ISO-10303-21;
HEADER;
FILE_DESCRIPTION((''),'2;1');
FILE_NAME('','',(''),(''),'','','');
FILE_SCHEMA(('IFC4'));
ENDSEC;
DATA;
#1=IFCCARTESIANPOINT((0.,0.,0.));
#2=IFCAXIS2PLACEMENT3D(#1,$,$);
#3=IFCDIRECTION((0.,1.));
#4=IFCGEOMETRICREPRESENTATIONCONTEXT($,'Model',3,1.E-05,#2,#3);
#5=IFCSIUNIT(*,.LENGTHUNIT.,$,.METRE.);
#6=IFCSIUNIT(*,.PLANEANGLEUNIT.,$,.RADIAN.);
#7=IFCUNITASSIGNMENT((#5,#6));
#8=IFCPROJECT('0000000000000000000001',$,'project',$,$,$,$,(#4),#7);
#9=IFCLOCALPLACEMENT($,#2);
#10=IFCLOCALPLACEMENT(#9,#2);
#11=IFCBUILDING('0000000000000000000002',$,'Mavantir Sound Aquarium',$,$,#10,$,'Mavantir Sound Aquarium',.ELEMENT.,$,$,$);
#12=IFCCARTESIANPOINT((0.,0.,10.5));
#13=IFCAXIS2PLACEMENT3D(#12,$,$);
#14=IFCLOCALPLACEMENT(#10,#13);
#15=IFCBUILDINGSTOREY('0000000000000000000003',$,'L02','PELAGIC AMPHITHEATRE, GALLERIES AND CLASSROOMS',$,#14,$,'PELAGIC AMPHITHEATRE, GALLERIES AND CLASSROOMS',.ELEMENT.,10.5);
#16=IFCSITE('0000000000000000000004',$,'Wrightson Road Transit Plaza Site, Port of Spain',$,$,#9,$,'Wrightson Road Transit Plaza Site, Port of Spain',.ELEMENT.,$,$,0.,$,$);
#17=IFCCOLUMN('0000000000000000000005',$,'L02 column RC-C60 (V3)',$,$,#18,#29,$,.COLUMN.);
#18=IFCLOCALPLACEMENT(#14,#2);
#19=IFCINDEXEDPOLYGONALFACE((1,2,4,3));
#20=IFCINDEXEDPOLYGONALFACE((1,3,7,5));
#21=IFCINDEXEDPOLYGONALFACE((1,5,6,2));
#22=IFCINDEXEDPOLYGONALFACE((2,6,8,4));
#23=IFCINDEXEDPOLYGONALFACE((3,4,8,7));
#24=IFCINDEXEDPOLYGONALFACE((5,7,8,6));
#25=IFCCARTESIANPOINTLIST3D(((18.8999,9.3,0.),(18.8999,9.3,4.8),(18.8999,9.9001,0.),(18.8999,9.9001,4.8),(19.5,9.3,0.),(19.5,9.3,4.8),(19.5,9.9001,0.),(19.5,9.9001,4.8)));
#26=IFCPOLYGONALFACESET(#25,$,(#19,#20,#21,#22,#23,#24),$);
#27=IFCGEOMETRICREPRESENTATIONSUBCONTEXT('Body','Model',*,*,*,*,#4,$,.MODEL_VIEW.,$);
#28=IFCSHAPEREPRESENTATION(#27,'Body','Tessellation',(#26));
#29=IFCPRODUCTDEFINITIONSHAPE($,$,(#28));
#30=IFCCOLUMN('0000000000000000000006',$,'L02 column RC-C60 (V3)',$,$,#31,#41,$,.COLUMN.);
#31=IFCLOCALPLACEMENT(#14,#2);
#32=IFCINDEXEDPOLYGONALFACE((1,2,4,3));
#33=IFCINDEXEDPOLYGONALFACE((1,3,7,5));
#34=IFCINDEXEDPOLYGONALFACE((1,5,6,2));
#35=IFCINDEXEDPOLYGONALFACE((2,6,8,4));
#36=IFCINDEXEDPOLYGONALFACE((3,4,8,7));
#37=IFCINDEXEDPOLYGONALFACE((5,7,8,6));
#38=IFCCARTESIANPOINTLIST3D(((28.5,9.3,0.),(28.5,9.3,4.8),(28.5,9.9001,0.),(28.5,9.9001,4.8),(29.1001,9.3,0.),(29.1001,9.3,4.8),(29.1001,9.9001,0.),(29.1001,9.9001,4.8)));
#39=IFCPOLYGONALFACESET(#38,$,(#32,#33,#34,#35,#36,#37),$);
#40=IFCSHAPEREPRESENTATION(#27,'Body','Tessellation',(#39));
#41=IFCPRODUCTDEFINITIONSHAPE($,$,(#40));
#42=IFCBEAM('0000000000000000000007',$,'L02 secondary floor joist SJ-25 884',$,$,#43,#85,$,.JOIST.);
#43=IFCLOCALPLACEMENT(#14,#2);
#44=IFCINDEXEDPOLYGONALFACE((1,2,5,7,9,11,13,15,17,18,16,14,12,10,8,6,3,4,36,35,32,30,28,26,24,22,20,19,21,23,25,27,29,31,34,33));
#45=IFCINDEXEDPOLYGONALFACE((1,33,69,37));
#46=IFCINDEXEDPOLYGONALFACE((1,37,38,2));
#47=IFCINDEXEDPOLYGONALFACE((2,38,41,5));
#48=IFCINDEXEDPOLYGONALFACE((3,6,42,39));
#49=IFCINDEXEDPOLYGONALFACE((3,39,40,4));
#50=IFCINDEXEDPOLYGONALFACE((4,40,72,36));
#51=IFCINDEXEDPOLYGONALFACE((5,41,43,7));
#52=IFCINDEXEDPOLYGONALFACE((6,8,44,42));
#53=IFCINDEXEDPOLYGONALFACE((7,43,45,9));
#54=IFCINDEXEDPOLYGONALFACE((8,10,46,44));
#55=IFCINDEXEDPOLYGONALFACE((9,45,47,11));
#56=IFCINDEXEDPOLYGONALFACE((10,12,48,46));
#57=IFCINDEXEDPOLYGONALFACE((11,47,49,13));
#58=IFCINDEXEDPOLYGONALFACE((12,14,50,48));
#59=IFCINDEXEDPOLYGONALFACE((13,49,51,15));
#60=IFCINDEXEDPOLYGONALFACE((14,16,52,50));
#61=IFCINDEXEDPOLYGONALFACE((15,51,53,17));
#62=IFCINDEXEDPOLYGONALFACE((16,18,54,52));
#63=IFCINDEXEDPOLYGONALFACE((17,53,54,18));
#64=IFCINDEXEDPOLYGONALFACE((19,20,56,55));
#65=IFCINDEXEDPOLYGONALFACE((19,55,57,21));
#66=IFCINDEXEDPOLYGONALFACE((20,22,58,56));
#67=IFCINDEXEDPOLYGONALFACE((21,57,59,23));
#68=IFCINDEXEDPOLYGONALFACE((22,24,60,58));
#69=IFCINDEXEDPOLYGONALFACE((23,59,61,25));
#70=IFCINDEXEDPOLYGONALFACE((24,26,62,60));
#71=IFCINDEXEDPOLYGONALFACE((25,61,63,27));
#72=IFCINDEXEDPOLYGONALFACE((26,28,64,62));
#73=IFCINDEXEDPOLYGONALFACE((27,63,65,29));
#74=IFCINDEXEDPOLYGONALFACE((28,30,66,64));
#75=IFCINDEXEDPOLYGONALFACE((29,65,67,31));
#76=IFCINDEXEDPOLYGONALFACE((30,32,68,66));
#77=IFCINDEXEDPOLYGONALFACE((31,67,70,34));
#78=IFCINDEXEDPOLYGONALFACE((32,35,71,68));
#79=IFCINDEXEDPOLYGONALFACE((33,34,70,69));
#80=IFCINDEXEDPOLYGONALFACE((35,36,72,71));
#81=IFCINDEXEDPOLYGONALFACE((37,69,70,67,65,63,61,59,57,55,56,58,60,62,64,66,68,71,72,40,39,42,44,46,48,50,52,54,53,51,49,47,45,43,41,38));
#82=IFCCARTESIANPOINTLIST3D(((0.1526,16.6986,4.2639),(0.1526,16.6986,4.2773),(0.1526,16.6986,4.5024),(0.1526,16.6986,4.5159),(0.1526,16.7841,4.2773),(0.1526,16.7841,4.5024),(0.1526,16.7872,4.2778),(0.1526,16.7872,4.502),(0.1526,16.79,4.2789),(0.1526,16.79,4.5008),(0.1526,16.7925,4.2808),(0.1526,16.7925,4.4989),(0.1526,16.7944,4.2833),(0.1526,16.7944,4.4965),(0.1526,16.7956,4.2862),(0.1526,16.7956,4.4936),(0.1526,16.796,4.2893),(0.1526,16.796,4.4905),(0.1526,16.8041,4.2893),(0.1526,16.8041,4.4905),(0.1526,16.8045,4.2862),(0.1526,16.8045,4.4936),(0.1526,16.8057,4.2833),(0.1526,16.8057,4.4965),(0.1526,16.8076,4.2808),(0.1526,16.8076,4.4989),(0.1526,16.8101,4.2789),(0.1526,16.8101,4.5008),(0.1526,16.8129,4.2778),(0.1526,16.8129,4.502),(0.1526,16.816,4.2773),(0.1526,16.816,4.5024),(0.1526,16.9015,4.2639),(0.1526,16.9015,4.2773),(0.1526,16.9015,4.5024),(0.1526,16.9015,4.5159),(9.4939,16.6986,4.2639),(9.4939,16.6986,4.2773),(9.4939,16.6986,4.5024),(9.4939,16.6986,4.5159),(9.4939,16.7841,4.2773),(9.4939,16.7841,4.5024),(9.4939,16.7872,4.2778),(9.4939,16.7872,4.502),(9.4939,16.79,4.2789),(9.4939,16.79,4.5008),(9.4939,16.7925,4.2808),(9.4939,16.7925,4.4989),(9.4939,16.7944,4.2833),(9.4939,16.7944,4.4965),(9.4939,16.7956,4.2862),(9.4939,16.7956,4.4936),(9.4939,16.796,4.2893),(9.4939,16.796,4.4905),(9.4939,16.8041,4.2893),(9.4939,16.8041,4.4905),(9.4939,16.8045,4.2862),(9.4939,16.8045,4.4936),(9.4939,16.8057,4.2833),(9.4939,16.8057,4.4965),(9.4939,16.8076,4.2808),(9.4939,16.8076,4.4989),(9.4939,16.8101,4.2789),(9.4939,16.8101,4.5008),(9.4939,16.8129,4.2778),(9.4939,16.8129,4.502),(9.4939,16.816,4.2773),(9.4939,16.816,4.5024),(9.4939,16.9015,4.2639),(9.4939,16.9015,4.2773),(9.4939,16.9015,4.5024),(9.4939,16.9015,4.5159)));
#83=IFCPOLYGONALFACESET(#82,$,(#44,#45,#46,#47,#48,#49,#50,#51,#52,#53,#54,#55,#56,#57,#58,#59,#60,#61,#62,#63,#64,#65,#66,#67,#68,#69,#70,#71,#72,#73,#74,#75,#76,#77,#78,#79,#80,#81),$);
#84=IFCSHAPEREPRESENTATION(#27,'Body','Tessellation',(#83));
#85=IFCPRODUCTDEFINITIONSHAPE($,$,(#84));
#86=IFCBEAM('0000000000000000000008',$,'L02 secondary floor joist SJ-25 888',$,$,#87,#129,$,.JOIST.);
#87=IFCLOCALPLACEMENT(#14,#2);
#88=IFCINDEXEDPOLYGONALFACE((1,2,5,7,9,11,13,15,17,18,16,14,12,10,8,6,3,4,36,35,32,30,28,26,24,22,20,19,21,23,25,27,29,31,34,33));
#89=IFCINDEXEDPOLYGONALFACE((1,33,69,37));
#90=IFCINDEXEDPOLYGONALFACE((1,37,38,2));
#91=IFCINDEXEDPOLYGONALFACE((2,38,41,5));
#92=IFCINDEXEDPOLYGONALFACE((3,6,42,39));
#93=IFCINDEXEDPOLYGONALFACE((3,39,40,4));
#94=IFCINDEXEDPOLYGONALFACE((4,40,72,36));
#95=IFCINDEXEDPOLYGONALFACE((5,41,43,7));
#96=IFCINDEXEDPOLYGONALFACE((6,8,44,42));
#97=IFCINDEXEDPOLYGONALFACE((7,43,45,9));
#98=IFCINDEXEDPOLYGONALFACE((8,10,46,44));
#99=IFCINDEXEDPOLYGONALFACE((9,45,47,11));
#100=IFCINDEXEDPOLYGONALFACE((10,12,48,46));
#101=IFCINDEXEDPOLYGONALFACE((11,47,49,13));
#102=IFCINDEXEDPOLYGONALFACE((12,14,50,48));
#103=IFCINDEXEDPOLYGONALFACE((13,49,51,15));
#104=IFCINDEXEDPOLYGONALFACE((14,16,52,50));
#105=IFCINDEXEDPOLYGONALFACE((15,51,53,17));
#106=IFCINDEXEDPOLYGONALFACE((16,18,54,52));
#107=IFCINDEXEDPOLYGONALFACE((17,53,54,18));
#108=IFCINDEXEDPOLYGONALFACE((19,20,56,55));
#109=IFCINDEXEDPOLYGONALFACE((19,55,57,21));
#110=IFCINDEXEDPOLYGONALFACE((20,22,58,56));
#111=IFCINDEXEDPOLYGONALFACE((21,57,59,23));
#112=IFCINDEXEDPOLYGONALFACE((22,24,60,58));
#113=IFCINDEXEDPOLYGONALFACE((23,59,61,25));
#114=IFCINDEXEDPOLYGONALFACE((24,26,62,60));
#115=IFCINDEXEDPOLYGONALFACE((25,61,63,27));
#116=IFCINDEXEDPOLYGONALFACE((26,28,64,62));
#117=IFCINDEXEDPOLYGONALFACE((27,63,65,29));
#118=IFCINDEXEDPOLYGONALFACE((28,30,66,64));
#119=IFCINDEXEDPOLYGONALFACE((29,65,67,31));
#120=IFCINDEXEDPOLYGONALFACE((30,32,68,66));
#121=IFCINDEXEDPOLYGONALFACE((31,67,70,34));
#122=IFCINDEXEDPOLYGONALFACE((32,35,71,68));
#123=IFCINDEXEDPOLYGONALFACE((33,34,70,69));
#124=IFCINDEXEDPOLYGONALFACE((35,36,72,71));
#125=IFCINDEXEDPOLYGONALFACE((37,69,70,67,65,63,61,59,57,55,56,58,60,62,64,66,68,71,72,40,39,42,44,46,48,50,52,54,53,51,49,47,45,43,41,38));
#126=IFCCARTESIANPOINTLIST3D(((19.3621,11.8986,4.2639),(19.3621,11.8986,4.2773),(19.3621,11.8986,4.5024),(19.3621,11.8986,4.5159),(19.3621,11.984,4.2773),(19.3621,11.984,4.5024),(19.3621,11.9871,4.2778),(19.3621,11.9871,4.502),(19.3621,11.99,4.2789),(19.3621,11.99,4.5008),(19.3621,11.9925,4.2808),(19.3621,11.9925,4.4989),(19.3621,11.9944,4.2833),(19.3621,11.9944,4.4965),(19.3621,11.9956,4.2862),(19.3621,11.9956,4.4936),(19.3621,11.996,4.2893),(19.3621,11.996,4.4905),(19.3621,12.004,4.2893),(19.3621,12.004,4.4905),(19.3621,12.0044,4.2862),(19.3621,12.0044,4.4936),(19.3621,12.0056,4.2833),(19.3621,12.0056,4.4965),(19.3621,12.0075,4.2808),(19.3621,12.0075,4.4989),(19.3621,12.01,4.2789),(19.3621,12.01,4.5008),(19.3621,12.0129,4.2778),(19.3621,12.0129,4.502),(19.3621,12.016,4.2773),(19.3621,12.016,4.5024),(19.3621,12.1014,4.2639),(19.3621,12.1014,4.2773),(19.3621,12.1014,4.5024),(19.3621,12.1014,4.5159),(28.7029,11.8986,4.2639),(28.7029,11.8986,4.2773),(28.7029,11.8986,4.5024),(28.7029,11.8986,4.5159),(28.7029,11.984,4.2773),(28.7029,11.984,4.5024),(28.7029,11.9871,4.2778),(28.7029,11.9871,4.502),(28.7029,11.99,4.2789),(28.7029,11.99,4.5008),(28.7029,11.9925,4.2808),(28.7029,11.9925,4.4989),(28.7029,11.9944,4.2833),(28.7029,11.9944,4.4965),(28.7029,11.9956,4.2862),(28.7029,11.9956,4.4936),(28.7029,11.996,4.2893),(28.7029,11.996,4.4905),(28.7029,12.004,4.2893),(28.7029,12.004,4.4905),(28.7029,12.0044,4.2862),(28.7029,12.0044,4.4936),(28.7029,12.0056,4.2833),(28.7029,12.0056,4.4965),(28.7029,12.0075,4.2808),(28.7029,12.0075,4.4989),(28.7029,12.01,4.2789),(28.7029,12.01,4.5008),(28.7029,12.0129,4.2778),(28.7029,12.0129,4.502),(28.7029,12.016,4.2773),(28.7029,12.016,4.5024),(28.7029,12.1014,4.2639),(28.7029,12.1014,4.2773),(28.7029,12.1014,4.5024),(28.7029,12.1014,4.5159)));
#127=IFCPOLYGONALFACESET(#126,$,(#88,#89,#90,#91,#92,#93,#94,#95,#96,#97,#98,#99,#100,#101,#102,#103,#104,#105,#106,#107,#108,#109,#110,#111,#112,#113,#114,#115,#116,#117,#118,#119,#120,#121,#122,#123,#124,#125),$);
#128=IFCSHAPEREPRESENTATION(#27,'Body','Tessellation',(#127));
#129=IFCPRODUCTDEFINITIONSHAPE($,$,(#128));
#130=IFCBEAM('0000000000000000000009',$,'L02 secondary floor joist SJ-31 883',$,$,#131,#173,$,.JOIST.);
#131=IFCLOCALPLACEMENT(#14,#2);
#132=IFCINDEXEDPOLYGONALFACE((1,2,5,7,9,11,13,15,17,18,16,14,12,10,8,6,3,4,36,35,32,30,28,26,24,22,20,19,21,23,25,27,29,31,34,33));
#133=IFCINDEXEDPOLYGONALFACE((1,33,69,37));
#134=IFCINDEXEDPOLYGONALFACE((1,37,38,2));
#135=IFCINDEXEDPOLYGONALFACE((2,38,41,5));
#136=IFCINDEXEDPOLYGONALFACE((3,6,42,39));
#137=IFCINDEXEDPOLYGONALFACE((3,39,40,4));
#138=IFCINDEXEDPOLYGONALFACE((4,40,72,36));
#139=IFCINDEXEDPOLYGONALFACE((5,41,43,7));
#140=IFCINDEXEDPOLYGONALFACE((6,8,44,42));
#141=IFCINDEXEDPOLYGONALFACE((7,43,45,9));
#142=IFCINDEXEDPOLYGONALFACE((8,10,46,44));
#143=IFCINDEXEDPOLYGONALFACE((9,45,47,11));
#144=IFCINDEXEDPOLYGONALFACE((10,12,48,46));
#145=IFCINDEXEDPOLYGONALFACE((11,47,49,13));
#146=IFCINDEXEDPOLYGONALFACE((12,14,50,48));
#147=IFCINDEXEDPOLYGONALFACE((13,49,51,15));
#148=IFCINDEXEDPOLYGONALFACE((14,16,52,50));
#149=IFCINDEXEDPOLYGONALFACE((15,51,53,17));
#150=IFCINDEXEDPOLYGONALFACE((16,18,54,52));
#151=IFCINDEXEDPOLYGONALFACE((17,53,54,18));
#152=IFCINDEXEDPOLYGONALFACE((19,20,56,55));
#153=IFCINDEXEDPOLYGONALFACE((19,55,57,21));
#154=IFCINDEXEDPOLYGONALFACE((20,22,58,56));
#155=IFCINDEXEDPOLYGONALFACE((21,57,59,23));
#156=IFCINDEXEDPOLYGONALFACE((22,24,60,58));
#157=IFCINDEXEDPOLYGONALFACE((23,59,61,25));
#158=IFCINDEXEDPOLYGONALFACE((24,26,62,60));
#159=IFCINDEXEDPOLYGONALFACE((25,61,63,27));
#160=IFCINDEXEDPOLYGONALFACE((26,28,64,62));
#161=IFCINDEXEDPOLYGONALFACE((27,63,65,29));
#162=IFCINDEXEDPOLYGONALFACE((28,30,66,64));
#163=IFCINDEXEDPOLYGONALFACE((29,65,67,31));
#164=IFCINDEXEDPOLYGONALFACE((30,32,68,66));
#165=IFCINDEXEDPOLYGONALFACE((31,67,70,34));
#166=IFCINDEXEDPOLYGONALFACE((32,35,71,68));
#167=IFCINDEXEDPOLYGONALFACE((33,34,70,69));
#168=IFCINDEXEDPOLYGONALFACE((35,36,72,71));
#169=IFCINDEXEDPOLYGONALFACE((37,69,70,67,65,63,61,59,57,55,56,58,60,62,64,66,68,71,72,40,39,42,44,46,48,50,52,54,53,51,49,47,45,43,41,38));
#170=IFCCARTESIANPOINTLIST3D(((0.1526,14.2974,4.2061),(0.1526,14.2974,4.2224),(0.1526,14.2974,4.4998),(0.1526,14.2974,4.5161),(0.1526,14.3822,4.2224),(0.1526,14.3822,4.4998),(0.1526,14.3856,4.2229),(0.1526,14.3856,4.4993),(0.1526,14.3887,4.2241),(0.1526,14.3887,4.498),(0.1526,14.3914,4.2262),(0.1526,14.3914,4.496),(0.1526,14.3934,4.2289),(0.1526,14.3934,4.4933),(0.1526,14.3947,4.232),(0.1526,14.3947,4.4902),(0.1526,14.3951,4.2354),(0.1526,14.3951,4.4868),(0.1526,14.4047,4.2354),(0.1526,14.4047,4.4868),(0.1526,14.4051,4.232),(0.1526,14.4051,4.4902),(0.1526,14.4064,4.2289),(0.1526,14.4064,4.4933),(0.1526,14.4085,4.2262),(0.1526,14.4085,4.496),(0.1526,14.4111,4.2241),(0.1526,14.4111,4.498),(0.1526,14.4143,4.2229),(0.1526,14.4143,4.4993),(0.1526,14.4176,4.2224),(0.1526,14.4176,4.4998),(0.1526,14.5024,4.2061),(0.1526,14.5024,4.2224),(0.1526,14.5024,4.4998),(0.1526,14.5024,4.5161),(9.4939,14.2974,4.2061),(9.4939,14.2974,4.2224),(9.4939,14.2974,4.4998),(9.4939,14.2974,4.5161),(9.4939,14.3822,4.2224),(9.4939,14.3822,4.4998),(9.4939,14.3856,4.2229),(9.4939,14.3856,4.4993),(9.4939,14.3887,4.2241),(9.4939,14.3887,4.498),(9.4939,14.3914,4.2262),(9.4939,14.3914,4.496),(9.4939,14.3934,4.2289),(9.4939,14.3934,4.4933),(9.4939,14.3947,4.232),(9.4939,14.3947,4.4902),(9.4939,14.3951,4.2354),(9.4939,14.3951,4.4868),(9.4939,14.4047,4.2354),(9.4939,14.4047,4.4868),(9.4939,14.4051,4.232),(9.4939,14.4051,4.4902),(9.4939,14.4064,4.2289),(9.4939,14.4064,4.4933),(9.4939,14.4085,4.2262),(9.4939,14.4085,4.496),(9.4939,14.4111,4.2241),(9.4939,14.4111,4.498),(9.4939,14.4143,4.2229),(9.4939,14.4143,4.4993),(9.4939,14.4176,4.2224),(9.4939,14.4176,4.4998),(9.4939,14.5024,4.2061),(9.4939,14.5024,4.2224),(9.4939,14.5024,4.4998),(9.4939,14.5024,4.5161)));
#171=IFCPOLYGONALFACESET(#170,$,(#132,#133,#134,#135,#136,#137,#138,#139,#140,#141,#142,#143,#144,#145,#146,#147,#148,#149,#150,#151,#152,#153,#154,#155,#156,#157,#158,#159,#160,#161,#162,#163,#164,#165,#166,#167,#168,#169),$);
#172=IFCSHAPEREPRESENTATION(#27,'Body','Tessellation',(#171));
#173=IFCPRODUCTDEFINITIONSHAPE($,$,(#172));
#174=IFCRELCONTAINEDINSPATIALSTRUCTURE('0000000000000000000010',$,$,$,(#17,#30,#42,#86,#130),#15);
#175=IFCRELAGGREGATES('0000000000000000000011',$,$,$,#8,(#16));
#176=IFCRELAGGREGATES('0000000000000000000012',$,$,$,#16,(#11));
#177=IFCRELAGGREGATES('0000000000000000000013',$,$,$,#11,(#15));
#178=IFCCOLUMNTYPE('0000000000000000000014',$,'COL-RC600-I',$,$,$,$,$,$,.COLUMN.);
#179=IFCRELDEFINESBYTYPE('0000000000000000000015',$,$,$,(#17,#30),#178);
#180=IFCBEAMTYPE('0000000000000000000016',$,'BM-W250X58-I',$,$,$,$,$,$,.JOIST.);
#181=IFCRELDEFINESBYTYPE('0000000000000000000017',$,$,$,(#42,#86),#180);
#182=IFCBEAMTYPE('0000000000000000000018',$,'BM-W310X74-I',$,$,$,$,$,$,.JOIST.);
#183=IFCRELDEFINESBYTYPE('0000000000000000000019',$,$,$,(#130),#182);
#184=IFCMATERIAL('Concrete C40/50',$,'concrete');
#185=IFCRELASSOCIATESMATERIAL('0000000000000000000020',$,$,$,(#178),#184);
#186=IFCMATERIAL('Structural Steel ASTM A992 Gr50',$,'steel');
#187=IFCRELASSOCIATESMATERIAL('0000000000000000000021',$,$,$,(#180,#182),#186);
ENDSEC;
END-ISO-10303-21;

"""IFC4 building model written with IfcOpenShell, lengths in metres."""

from ifc_helpers import new_model, si_unit, direction, frame, origin, origin_2d, place, context, subcontext, project, spatial, rectangle, i_section, extrude, material, material_profile, profile_set, type_object, element, save


model = new_model("IFC4")

# Units and contexts
model_context = context("Model", 3, precision=1e-05, world=origin(), true_north=direction((0.0, 1.0)))
body_context = subcontext(model_context, "Body", "Model", "MODEL_VIEW")
ifc_project = project(units=[si_unit("LENGTHUNIT", "METRE"), si_unit("PLANEANGLEUNIT", "RADIAN")], contexts=[model_context])

# Site, building, storey
site_placement = place(None, origin())
site = spatial("IfcSite", under=ifc_project, at=site_placement, Name="Wrightson Road Transit Plaza Site, Port of Spain", LongName="Wrightson Road Transit Plaza Site, Port of Spain", CompositionType="ELEMENT", RefElevation=0.0)
building_placement = place(site_placement, origin())
building = spatial("IfcBuilding", under=site, at=building_placement, Name="Mavantir Sound Aquarium", LongName="Mavantir Sound Aquarium", CompositionType="ELEMENT")
storey_placement = place(building_placement, frame((0.0, 0.0, 10.5)))
storey = spatial("IfcBuildingStorey", under=building, at=storey_placement, Name="L02", Description="PELAGIC AMPHITHEATRE, GALLERIES AND CLASSROOMS", LongName="PELAGIC AMPHITHEATRE, GALLERIES AND CLASSROOMS", CompositionType="ELEMENT", Elevation=10.5)

# Columns
ifc_material_1 = material(Name="Concrete C40/50", Category="concrete")
ifc_material_profile_1 = material_profile(ifc_material_1, rectangle(XDim=0.6001, YDim=0.6001, at=origin_2d()), Name="RC 600X600")
ifc_profile_set_1 = profile_set([ifc_material_profile_1], Name="Concrete C40/50")
column_type = type_object("IfcColumnType", Name="COL-RC600-I", PredefinedType="COLUMN", material=ifc_profile_set_1)
for number, where, z_axis, x_axis, name in (
    (1, (19.2, 9.6001, 0.0), (0.0, 0.0, 1.0), (1.0, 0.0, 0.0), "L02 column RC-C60 (V3)"),
    (2, (28.8, 9.6001, 0.0), (0.0, 0.0, 1.0), (1.0, 0.0, 0.0), "L02 column RC-C60 (V3)"),
):
    element("IfcColumn", number, at=place(storey_placement, frame(where, z_axis=z_axis, x_axis=x_axis)), inside=storey, type_object=column_type, Name=name, PredefinedType="COLUMN", context=body_context, shape_type="SweptSolid", body=[
        extrude(rectangle(XDim=0.6001, YDim=0.6001, at=origin_2d()), origin(), (0.0, 0.0, 1.0), 4.8),
    ])

# Beams
ifc_material_2 = material(Name="Structural Steel ASTM A992 Gr50", Category="steel")
ifc_material_profile_2 = material_profile(ifc_material_2, i_section(OverallWidth=0.2029, OverallDepth=0.252, WebThickness=0.0081, FlangeThickness=0.0134, FilletRadius=0.012, at=origin_2d()), Name="W250X58")
ifc_profile_set_2 = profile_set([ifc_material_profile_2], Name="Structural Steel ASTM A992 Gr50")
beam_type_1 = type_object("IfcBeamType", Name="BM-W250X58-I", PredefinedType="JOIST", material=ifc_profile_set_2)
beam_1_placement = place(storey_placement, frame((0.1526, 16.8, 4.3899), z_axis=(1.0, 0.0, 0.0), x_axis=(0.0, 1.0, 0.0)))
element("IfcBeam", 3, at=beam_1_placement, inside=storey, type_object=beam_type_1, Name="L02 secondary floor joist SJ-25 884", PredefinedType="JOIST", context=body_context, shape_type="SweptSolid", body=[
    extrude(i_section(OverallWidth=0.2029, OverallDepth=0.252, WebThickness=0.0081, FlangeThickness=0.0134, FilletRadius=0.012, at=origin_2d()), origin(), (0.0, 0.0, 1.0), 9.3413),
])
beam_2_placement = place(storey_placement, frame((19.3621, 12.0, 4.3899), z_axis=(1.0, 0.0, 0.0), x_axis=(0.0, 1.0, 0.0)))
element("IfcBeam", 4, at=beam_2_placement, inside=storey, type_object=beam_type_1, Name="L02 secondary floor joist SJ-25 888", PredefinedType="JOIST", context=body_context, shape_type="SweptSolid", body=[
    extrude(i_section(OverallWidth=0.2029, OverallDepth=0.252, WebThickness=0.0081, FlangeThickness=0.0134, FilletRadius=0.012, at=origin_2d()), origin(), (0.0, 0.0, 1.0), 9.3408),
])
ifc_material_profile_3 = material_profile(ifc_material_2, i_section(OverallWidth=0.2051, OverallDepth=0.3101, WebThickness=0.0095, FlangeThickness=0.0164, FilletRadius=0.0129, at=origin_2d()), Name="W310X74")
ifc_profile_set_3 = profile_set([ifc_material_profile_3], Name="Structural Steel ASTM A992 Gr50")
beam_type_2 = type_object("IfcBeamType", Name="BM-W310X74-I", PredefinedType="JOIST", material=ifc_profile_set_3)
beam_3_placement = place(storey_placement, frame((0.1526, 14.3999, 4.3611), z_axis=(1.0, 0.0, 0.0), x_axis=(0.0, 1.0, 0.0)))
element("IfcBeam", 5, at=beam_3_placement, inside=storey, type_object=beam_type_2, Name="L02 secondary floor joist SJ-31 883", PredefinedType="JOIST", context=body_context, shape_type="SweptSolid", body=[
    extrude(i_section(OverallWidth=0.2051, OverallDepth=0.3101, WebThickness=0.0095, FlangeThickness=0.0164, FilletRadius=0.0129, at=origin_2d()), origin(), (0.0, 0.0, 1.0), 9.3413),
])

save(model, "model.ifc")
